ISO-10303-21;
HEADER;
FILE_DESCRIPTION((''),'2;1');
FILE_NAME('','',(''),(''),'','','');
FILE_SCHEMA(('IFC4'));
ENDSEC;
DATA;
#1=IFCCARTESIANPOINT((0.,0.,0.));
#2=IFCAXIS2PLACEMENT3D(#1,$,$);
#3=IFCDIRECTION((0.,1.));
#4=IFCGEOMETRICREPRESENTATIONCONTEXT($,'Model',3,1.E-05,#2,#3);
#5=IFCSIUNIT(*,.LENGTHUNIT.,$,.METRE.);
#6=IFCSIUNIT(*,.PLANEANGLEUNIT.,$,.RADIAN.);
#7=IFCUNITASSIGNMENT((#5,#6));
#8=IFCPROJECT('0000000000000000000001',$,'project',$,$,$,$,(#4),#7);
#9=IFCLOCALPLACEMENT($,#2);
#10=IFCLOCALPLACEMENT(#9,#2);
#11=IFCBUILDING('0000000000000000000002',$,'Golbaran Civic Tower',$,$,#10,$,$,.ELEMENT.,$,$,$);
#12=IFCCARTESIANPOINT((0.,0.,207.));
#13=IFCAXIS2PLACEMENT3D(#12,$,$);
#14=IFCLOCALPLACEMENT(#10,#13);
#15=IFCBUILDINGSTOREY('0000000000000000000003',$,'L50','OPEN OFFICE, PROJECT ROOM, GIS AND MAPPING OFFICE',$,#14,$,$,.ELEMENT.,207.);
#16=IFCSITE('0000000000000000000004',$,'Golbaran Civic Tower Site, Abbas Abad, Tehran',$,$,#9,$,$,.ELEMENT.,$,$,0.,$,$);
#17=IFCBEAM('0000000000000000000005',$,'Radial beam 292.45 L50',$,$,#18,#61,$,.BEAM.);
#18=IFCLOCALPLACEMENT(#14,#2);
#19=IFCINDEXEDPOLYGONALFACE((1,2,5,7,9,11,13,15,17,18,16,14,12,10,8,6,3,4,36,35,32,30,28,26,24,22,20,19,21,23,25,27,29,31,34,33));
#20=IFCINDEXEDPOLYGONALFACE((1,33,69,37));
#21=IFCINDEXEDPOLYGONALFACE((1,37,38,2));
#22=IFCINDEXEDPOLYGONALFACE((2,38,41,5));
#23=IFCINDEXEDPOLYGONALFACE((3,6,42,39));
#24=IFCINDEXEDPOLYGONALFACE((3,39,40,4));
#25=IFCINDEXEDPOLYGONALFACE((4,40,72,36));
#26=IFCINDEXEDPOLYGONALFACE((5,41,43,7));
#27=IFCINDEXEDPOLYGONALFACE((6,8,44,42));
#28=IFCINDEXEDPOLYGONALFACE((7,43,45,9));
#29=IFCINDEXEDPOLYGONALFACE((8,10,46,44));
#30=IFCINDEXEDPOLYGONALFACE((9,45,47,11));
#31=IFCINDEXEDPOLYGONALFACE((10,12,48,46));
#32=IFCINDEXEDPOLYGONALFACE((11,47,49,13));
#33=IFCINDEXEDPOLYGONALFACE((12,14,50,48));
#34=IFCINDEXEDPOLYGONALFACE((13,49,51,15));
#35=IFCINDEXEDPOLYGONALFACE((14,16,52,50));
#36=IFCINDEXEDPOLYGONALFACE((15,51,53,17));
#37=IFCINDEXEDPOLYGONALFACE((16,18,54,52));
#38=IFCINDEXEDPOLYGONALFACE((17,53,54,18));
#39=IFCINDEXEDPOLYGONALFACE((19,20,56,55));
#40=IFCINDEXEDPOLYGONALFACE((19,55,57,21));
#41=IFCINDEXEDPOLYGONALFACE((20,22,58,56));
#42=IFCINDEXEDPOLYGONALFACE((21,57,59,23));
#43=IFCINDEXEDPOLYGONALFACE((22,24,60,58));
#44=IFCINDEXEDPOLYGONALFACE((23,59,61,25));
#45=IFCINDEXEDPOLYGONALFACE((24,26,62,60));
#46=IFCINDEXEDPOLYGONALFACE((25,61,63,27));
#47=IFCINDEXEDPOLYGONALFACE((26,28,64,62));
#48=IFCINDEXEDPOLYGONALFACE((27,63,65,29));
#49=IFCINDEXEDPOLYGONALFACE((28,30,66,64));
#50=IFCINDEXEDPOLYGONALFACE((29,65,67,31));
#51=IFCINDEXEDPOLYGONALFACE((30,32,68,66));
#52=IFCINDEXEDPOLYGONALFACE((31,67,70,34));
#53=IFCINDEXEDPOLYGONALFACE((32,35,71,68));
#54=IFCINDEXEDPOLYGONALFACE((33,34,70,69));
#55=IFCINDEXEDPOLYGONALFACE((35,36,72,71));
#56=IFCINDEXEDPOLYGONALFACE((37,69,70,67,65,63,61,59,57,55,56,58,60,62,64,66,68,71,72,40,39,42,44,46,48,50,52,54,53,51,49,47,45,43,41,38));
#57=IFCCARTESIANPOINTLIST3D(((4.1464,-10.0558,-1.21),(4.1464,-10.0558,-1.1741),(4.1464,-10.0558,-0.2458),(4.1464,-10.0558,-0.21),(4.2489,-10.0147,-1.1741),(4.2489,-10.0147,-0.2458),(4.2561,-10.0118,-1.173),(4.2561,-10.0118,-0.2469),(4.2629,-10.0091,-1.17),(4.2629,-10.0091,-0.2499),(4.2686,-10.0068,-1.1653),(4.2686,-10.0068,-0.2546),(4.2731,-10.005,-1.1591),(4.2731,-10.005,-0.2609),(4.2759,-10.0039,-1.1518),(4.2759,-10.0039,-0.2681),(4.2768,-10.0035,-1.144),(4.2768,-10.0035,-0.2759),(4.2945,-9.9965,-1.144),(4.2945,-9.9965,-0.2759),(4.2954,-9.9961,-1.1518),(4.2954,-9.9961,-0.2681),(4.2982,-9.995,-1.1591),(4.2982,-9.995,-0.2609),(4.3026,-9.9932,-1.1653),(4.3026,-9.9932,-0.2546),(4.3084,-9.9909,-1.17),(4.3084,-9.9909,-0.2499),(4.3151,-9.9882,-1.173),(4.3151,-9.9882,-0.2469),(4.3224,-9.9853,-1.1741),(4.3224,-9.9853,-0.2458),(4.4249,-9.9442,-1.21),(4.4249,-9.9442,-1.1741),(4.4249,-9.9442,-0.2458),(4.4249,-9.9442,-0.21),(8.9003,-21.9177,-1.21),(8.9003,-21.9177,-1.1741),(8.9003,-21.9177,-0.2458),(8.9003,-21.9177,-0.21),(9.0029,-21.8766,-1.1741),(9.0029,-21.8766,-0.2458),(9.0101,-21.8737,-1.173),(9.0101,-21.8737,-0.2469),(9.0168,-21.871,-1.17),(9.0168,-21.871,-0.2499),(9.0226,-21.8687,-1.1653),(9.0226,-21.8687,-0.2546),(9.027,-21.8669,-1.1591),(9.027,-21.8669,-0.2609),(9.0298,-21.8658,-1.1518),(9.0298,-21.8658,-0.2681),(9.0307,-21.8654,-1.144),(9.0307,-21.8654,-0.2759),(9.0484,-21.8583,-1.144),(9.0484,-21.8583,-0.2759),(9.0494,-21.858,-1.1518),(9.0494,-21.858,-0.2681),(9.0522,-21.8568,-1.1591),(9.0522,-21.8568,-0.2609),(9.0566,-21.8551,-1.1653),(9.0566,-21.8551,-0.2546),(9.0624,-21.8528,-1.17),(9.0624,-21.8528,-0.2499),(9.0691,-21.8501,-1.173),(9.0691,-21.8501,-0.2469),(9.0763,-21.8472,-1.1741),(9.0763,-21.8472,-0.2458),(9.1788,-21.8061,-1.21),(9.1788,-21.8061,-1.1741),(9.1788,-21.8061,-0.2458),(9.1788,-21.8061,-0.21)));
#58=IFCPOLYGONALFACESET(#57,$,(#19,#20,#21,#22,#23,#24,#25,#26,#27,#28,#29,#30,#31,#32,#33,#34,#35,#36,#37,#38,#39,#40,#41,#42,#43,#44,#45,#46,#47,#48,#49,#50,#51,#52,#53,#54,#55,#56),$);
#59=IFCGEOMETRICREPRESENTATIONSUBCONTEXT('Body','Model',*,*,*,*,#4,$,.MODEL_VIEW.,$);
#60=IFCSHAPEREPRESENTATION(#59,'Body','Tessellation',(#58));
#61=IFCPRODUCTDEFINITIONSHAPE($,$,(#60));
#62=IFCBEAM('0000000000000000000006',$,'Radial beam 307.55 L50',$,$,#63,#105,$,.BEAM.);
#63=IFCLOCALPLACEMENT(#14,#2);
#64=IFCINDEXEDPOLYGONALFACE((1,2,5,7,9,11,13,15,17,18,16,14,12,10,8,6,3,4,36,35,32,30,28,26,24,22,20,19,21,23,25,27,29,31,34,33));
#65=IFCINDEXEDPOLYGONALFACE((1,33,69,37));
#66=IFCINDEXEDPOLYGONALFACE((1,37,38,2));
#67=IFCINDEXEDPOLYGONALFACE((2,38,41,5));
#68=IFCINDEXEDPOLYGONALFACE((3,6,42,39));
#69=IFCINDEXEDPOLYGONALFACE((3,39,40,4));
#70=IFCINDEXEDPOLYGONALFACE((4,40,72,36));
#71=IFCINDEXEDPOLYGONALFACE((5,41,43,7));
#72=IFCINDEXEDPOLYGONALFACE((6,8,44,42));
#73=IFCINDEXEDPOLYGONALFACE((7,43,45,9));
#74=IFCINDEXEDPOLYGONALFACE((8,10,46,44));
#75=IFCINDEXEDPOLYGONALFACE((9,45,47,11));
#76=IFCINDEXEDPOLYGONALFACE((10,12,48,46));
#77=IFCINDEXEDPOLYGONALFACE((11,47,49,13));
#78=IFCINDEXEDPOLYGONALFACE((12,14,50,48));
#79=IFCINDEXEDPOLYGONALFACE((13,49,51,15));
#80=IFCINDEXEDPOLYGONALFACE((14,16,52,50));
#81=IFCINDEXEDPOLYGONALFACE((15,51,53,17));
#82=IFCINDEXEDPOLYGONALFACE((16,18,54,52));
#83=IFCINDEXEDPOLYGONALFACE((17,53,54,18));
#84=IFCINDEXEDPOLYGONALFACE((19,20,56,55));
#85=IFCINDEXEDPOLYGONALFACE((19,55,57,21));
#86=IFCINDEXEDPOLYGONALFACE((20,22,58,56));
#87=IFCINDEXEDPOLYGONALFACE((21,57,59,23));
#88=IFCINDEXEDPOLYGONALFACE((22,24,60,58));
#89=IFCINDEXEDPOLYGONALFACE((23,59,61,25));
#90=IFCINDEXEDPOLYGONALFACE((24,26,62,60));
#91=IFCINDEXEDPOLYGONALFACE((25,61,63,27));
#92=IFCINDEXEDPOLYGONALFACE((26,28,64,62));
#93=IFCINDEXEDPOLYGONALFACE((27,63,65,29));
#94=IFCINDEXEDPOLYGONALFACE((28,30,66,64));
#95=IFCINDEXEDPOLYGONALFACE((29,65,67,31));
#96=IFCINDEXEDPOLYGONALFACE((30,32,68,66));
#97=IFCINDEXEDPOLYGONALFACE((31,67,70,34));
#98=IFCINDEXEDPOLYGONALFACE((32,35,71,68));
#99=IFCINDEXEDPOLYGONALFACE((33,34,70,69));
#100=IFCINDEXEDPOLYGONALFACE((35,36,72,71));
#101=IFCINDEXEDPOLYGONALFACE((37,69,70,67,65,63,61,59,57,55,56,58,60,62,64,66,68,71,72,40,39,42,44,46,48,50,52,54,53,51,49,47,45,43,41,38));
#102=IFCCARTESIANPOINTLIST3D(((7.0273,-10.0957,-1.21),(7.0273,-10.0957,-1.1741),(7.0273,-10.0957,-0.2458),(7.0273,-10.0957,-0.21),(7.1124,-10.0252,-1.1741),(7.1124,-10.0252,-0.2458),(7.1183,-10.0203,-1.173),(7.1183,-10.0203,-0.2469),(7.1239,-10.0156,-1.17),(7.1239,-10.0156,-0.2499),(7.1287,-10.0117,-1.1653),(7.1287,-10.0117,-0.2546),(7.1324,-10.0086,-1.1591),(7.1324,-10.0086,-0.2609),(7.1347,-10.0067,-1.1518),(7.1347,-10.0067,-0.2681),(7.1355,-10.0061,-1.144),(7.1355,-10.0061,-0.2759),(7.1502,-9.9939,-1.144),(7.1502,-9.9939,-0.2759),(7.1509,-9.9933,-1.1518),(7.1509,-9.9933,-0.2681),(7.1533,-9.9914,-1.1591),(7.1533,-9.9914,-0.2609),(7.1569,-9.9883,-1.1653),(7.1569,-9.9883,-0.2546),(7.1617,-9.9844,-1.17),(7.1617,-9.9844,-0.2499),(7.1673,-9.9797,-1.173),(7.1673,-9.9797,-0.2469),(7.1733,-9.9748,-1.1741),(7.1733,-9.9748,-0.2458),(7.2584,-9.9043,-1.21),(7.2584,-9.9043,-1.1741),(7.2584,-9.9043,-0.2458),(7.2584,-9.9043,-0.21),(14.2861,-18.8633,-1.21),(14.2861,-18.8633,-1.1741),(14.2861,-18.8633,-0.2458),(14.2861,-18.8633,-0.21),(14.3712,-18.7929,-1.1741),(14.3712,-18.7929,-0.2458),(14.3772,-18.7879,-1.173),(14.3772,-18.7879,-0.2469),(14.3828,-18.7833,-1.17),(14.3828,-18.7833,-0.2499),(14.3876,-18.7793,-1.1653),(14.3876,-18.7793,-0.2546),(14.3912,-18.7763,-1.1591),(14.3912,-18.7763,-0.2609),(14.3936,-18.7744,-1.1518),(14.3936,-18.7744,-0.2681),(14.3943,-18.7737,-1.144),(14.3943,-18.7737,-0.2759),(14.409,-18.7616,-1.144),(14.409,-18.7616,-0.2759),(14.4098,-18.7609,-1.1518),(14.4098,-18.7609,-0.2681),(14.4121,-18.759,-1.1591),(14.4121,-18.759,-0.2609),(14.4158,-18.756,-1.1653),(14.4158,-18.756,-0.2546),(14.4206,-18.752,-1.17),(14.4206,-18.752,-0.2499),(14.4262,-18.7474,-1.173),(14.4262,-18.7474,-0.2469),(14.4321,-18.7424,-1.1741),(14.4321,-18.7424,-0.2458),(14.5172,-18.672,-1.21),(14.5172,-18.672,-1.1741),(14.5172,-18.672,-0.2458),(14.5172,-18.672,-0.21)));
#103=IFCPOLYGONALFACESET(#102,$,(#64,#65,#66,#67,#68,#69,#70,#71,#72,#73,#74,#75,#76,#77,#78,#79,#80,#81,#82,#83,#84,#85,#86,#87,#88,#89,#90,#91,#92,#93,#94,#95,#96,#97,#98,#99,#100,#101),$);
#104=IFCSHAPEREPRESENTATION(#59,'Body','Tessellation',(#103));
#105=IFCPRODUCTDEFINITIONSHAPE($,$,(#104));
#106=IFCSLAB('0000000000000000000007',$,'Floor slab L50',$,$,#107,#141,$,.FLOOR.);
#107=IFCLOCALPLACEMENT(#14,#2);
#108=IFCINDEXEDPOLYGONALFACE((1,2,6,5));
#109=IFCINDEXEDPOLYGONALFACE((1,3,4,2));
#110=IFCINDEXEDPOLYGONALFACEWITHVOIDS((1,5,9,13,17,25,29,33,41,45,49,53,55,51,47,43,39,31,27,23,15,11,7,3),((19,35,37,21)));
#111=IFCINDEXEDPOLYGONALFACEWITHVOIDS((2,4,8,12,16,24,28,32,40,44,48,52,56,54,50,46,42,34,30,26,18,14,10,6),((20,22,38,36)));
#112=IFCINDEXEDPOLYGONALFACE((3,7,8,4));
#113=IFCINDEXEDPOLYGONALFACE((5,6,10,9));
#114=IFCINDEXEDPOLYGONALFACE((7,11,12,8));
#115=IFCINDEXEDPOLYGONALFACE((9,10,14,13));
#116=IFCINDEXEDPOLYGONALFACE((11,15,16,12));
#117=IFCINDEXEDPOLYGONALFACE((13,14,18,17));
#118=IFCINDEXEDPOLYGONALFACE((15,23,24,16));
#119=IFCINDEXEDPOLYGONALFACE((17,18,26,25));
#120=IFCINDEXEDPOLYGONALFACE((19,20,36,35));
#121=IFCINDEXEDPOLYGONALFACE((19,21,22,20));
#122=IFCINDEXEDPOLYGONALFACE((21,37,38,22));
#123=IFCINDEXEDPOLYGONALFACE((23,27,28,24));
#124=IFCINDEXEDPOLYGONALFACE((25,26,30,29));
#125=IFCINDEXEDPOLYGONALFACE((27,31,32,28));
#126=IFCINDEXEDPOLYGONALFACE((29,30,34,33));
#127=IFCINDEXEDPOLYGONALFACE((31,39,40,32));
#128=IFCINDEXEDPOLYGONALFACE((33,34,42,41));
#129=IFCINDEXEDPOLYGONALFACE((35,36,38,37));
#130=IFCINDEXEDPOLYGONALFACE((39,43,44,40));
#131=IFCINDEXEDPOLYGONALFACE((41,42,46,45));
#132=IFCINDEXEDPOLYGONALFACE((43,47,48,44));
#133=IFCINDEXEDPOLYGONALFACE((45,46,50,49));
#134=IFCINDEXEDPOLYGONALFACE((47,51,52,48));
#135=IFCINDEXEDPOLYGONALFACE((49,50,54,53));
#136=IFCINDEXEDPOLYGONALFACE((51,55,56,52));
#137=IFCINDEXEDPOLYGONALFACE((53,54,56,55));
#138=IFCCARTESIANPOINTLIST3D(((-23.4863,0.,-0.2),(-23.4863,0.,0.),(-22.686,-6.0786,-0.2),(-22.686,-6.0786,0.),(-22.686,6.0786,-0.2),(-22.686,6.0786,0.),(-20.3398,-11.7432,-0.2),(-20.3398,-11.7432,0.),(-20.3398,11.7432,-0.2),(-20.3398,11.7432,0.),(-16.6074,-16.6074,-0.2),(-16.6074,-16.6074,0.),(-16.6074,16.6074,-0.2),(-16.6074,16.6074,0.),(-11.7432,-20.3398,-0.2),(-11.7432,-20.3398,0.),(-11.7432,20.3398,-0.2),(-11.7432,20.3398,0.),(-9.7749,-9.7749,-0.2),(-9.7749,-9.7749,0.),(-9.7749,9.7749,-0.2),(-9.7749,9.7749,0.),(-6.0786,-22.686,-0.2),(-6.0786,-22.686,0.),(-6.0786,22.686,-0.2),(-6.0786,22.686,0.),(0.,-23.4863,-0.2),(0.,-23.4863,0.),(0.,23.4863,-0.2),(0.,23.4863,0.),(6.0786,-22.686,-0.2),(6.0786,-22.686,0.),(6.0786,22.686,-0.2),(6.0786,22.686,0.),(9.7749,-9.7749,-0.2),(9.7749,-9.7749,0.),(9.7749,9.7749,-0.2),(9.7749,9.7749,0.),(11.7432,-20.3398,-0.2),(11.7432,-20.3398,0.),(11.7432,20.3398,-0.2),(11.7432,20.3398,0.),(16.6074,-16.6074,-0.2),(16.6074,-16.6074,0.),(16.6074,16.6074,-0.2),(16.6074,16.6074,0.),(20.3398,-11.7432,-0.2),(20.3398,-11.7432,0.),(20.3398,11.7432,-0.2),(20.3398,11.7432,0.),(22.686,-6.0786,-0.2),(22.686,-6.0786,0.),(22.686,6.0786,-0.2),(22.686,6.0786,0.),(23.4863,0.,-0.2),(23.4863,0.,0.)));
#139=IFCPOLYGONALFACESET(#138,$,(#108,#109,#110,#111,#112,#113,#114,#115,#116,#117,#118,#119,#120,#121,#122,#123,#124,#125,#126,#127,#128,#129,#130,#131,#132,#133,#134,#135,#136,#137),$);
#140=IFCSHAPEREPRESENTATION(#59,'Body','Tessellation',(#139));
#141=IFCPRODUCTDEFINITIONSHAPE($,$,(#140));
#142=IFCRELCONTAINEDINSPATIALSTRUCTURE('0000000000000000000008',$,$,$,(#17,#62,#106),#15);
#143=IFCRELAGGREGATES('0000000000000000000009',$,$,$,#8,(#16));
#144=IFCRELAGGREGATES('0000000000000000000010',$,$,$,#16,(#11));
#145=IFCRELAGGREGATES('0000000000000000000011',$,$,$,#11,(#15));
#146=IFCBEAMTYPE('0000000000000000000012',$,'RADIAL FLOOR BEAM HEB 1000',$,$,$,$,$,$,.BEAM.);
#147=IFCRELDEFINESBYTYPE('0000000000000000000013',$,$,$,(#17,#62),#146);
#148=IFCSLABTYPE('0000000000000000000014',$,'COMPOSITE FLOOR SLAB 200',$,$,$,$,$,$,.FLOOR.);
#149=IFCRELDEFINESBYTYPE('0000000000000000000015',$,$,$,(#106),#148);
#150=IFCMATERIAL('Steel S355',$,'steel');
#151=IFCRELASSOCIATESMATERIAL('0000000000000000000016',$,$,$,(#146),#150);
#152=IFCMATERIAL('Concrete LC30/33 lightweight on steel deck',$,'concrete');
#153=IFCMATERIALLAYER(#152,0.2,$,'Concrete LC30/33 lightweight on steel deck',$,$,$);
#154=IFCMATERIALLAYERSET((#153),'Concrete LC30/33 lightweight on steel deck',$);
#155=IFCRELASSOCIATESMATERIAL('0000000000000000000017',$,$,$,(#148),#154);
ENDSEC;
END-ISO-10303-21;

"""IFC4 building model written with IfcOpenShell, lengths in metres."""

from ifc_helpers import new_model, si_unit, direction, frame, origin, origin_2d, place, context, subcontext, project, spatial, polyline, i_section, outline, extrude, material, layer, layer_set, material_profile, profile_set, type_object, element, save


model = new_model("IFC4")

# Units and contexts
model_context = context("Model", 3, precision=1e-05, world=origin(), true_north=direction((0.0, 1.0)))
body_context = subcontext(model_context, "Body", "Model", "MODEL_VIEW")
ifc_project = project(units=[si_unit("LENGTHUNIT", "METRE"), si_unit("PLANEANGLEUNIT", "RADIAN")], contexts=[model_context])

# Site, building, storey
site_placement = place(None, origin())
site = spatial("IfcSite", under=ifc_project, at=site_placement, Name="Golbaran Civic Tower Site, Abbas Abad, Tehran", CompositionType="ELEMENT", RefElevation=0.0)
building_placement = place(site_placement, origin())
building = spatial("IfcBuilding", under=site, at=building_placement, Name="Golbaran Civic Tower", CompositionType="ELEMENT")
storey_placement = place(building_placement, frame((0.0, 0.0, 207.0)))
storey = spatial("IfcBuildingStorey", under=building, at=storey_placement, Name="L50", Description="OPEN OFFICE, PROJECT ROOM, GIS AND MAPPING OFFICE", CompositionType="ELEMENT", Elevation=207.0)

# Beams
ifc_material_1 = material(Name="Steel S355", Category="steel")
ifc_material_profile_1 = material_profile(ifc_material_1, i_section(OverallWidth=0.3, OverallDepth=1.0, WebThickness=0.019, FlangeThickness=0.0359, FilletRadius=0.03, at=origin_2d()), Name="HEB 1000")
ifc_profile_set_1 = profile_set([ifc_material_profile_1], Name="Steel S355")
beam_type_1 = type_object("IfcBeamType", Name="RADIAL FLOOR BEAM HEB 1000", PredefinedType="BEAM", material=ifc_profile_set_1)
beam_1_placement = place(storey_placement, frame((4.2856, -10.0, -0.71), z_axis=(0.37201, -0.928229, 0.0), x_axis=(0.928229, 0.37201, 0.0)))
element("IfcBeam", 1, at=beam_1_placement, inside=storey, type_object=beam_type_1, Name="Radial beam 292.45 L50", PredefinedType="BEAM", context=body_context, shape_type="SweptSolid", body=[
    extrude(i_section(OverallWidth=0.3, OverallDepth=1.0, WebThickness=0.019, FlangeThickness=0.0359, FilletRadius=0.03, at=origin_2d()), origin(), (0.0, 0.0, 1.0), 12.7791),
])
beam_2_placement = place(storey_placement, frame((7.1428, -10.0, -0.71), z_axis=(0.637717, -0.770271, 0.0), x_axis=(0.770271, 0.637717, 0.0)))
element("IfcBeam", 2, at=beam_2_placement, inside=storey, type_object=beam_type_1, Name="Radial beam 307.55 L50", PredefinedType="BEAM", context=body_context, shape_type="SweptSolid", body=[
    extrude(i_section(OverallWidth=0.3, OverallDepth=1.0, WebThickness=0.019, FlangeThickness=0.0359, FilletRadius=0.03, at=origin_2d()), origin(), (0.0, 0.0, 1.0), 11.3826),
])

# Slab
ifc_material_2 = material(Name="Concrete LC30/33 lightweight on steel deck", Category="concrete")
ifc_layer_1 = layer(ifc_material_2, 0.2, Name="Concrete LC30/33 lightweight on steel deck")
ifc_layer_set_1 = layer_set([ifc_layer_1], Name="Concrete LC30/33 lightweight on steel deck")
slab_type_1 = type_object("IfcSlabType", Name="COMPOSITE FLOOR SLAB 200", PredefinedType="FLOOR", material=ifc_layer_set_1)
slab_1_placement = place(storey_placement, frame((0.0, 0.0, -0.2)))
element("IfcSlab", 3, at=slab_1_placement, inside=storey, type_object=slab_type_1, Name="Floor slab L50", PredefinedType="FLOOR", context=body_context, shape_type="SweptSolid", body=[
    extrude(outline(polyline([(20.3398, -11.7432), (16.6074, -16.6074), (11.7432, -20.3398), (6.0786, -22.686), (0.0, -23.4863), (-6.0786, -22.686), (-11.7432, -20.3398), (-16.6074, -16.6074), (-20.3398, -11.7432), (-22.686, -6.0786), (-23.4863, 0.0), (-22.686, 6.0786), (-20.3398, 11.7432), (-16.6074, 16.6074), (-11.7432, 20.3398), (-6.0786, 22.686), (0.0, 23.4863), (6.0786, 22.686), (11.7432, 20.3398), (16.6074, 16.6074), (20.3398, 11.7432), (22.686, 6.0786), (23.4863, 0.0), (22.686, -6.0786), (20.3398, -11.7432)]), holes=[polyline([(-9.7749, 9.7749), (-9.7749, -9.7749), (9.7749, -9.7749), (9.7749, 9.7749), (-9.7749, 9.7749)])]), origin(), (0.0, 0.0, 1.0), 0.2),
])

save(model, "model.ifc")
